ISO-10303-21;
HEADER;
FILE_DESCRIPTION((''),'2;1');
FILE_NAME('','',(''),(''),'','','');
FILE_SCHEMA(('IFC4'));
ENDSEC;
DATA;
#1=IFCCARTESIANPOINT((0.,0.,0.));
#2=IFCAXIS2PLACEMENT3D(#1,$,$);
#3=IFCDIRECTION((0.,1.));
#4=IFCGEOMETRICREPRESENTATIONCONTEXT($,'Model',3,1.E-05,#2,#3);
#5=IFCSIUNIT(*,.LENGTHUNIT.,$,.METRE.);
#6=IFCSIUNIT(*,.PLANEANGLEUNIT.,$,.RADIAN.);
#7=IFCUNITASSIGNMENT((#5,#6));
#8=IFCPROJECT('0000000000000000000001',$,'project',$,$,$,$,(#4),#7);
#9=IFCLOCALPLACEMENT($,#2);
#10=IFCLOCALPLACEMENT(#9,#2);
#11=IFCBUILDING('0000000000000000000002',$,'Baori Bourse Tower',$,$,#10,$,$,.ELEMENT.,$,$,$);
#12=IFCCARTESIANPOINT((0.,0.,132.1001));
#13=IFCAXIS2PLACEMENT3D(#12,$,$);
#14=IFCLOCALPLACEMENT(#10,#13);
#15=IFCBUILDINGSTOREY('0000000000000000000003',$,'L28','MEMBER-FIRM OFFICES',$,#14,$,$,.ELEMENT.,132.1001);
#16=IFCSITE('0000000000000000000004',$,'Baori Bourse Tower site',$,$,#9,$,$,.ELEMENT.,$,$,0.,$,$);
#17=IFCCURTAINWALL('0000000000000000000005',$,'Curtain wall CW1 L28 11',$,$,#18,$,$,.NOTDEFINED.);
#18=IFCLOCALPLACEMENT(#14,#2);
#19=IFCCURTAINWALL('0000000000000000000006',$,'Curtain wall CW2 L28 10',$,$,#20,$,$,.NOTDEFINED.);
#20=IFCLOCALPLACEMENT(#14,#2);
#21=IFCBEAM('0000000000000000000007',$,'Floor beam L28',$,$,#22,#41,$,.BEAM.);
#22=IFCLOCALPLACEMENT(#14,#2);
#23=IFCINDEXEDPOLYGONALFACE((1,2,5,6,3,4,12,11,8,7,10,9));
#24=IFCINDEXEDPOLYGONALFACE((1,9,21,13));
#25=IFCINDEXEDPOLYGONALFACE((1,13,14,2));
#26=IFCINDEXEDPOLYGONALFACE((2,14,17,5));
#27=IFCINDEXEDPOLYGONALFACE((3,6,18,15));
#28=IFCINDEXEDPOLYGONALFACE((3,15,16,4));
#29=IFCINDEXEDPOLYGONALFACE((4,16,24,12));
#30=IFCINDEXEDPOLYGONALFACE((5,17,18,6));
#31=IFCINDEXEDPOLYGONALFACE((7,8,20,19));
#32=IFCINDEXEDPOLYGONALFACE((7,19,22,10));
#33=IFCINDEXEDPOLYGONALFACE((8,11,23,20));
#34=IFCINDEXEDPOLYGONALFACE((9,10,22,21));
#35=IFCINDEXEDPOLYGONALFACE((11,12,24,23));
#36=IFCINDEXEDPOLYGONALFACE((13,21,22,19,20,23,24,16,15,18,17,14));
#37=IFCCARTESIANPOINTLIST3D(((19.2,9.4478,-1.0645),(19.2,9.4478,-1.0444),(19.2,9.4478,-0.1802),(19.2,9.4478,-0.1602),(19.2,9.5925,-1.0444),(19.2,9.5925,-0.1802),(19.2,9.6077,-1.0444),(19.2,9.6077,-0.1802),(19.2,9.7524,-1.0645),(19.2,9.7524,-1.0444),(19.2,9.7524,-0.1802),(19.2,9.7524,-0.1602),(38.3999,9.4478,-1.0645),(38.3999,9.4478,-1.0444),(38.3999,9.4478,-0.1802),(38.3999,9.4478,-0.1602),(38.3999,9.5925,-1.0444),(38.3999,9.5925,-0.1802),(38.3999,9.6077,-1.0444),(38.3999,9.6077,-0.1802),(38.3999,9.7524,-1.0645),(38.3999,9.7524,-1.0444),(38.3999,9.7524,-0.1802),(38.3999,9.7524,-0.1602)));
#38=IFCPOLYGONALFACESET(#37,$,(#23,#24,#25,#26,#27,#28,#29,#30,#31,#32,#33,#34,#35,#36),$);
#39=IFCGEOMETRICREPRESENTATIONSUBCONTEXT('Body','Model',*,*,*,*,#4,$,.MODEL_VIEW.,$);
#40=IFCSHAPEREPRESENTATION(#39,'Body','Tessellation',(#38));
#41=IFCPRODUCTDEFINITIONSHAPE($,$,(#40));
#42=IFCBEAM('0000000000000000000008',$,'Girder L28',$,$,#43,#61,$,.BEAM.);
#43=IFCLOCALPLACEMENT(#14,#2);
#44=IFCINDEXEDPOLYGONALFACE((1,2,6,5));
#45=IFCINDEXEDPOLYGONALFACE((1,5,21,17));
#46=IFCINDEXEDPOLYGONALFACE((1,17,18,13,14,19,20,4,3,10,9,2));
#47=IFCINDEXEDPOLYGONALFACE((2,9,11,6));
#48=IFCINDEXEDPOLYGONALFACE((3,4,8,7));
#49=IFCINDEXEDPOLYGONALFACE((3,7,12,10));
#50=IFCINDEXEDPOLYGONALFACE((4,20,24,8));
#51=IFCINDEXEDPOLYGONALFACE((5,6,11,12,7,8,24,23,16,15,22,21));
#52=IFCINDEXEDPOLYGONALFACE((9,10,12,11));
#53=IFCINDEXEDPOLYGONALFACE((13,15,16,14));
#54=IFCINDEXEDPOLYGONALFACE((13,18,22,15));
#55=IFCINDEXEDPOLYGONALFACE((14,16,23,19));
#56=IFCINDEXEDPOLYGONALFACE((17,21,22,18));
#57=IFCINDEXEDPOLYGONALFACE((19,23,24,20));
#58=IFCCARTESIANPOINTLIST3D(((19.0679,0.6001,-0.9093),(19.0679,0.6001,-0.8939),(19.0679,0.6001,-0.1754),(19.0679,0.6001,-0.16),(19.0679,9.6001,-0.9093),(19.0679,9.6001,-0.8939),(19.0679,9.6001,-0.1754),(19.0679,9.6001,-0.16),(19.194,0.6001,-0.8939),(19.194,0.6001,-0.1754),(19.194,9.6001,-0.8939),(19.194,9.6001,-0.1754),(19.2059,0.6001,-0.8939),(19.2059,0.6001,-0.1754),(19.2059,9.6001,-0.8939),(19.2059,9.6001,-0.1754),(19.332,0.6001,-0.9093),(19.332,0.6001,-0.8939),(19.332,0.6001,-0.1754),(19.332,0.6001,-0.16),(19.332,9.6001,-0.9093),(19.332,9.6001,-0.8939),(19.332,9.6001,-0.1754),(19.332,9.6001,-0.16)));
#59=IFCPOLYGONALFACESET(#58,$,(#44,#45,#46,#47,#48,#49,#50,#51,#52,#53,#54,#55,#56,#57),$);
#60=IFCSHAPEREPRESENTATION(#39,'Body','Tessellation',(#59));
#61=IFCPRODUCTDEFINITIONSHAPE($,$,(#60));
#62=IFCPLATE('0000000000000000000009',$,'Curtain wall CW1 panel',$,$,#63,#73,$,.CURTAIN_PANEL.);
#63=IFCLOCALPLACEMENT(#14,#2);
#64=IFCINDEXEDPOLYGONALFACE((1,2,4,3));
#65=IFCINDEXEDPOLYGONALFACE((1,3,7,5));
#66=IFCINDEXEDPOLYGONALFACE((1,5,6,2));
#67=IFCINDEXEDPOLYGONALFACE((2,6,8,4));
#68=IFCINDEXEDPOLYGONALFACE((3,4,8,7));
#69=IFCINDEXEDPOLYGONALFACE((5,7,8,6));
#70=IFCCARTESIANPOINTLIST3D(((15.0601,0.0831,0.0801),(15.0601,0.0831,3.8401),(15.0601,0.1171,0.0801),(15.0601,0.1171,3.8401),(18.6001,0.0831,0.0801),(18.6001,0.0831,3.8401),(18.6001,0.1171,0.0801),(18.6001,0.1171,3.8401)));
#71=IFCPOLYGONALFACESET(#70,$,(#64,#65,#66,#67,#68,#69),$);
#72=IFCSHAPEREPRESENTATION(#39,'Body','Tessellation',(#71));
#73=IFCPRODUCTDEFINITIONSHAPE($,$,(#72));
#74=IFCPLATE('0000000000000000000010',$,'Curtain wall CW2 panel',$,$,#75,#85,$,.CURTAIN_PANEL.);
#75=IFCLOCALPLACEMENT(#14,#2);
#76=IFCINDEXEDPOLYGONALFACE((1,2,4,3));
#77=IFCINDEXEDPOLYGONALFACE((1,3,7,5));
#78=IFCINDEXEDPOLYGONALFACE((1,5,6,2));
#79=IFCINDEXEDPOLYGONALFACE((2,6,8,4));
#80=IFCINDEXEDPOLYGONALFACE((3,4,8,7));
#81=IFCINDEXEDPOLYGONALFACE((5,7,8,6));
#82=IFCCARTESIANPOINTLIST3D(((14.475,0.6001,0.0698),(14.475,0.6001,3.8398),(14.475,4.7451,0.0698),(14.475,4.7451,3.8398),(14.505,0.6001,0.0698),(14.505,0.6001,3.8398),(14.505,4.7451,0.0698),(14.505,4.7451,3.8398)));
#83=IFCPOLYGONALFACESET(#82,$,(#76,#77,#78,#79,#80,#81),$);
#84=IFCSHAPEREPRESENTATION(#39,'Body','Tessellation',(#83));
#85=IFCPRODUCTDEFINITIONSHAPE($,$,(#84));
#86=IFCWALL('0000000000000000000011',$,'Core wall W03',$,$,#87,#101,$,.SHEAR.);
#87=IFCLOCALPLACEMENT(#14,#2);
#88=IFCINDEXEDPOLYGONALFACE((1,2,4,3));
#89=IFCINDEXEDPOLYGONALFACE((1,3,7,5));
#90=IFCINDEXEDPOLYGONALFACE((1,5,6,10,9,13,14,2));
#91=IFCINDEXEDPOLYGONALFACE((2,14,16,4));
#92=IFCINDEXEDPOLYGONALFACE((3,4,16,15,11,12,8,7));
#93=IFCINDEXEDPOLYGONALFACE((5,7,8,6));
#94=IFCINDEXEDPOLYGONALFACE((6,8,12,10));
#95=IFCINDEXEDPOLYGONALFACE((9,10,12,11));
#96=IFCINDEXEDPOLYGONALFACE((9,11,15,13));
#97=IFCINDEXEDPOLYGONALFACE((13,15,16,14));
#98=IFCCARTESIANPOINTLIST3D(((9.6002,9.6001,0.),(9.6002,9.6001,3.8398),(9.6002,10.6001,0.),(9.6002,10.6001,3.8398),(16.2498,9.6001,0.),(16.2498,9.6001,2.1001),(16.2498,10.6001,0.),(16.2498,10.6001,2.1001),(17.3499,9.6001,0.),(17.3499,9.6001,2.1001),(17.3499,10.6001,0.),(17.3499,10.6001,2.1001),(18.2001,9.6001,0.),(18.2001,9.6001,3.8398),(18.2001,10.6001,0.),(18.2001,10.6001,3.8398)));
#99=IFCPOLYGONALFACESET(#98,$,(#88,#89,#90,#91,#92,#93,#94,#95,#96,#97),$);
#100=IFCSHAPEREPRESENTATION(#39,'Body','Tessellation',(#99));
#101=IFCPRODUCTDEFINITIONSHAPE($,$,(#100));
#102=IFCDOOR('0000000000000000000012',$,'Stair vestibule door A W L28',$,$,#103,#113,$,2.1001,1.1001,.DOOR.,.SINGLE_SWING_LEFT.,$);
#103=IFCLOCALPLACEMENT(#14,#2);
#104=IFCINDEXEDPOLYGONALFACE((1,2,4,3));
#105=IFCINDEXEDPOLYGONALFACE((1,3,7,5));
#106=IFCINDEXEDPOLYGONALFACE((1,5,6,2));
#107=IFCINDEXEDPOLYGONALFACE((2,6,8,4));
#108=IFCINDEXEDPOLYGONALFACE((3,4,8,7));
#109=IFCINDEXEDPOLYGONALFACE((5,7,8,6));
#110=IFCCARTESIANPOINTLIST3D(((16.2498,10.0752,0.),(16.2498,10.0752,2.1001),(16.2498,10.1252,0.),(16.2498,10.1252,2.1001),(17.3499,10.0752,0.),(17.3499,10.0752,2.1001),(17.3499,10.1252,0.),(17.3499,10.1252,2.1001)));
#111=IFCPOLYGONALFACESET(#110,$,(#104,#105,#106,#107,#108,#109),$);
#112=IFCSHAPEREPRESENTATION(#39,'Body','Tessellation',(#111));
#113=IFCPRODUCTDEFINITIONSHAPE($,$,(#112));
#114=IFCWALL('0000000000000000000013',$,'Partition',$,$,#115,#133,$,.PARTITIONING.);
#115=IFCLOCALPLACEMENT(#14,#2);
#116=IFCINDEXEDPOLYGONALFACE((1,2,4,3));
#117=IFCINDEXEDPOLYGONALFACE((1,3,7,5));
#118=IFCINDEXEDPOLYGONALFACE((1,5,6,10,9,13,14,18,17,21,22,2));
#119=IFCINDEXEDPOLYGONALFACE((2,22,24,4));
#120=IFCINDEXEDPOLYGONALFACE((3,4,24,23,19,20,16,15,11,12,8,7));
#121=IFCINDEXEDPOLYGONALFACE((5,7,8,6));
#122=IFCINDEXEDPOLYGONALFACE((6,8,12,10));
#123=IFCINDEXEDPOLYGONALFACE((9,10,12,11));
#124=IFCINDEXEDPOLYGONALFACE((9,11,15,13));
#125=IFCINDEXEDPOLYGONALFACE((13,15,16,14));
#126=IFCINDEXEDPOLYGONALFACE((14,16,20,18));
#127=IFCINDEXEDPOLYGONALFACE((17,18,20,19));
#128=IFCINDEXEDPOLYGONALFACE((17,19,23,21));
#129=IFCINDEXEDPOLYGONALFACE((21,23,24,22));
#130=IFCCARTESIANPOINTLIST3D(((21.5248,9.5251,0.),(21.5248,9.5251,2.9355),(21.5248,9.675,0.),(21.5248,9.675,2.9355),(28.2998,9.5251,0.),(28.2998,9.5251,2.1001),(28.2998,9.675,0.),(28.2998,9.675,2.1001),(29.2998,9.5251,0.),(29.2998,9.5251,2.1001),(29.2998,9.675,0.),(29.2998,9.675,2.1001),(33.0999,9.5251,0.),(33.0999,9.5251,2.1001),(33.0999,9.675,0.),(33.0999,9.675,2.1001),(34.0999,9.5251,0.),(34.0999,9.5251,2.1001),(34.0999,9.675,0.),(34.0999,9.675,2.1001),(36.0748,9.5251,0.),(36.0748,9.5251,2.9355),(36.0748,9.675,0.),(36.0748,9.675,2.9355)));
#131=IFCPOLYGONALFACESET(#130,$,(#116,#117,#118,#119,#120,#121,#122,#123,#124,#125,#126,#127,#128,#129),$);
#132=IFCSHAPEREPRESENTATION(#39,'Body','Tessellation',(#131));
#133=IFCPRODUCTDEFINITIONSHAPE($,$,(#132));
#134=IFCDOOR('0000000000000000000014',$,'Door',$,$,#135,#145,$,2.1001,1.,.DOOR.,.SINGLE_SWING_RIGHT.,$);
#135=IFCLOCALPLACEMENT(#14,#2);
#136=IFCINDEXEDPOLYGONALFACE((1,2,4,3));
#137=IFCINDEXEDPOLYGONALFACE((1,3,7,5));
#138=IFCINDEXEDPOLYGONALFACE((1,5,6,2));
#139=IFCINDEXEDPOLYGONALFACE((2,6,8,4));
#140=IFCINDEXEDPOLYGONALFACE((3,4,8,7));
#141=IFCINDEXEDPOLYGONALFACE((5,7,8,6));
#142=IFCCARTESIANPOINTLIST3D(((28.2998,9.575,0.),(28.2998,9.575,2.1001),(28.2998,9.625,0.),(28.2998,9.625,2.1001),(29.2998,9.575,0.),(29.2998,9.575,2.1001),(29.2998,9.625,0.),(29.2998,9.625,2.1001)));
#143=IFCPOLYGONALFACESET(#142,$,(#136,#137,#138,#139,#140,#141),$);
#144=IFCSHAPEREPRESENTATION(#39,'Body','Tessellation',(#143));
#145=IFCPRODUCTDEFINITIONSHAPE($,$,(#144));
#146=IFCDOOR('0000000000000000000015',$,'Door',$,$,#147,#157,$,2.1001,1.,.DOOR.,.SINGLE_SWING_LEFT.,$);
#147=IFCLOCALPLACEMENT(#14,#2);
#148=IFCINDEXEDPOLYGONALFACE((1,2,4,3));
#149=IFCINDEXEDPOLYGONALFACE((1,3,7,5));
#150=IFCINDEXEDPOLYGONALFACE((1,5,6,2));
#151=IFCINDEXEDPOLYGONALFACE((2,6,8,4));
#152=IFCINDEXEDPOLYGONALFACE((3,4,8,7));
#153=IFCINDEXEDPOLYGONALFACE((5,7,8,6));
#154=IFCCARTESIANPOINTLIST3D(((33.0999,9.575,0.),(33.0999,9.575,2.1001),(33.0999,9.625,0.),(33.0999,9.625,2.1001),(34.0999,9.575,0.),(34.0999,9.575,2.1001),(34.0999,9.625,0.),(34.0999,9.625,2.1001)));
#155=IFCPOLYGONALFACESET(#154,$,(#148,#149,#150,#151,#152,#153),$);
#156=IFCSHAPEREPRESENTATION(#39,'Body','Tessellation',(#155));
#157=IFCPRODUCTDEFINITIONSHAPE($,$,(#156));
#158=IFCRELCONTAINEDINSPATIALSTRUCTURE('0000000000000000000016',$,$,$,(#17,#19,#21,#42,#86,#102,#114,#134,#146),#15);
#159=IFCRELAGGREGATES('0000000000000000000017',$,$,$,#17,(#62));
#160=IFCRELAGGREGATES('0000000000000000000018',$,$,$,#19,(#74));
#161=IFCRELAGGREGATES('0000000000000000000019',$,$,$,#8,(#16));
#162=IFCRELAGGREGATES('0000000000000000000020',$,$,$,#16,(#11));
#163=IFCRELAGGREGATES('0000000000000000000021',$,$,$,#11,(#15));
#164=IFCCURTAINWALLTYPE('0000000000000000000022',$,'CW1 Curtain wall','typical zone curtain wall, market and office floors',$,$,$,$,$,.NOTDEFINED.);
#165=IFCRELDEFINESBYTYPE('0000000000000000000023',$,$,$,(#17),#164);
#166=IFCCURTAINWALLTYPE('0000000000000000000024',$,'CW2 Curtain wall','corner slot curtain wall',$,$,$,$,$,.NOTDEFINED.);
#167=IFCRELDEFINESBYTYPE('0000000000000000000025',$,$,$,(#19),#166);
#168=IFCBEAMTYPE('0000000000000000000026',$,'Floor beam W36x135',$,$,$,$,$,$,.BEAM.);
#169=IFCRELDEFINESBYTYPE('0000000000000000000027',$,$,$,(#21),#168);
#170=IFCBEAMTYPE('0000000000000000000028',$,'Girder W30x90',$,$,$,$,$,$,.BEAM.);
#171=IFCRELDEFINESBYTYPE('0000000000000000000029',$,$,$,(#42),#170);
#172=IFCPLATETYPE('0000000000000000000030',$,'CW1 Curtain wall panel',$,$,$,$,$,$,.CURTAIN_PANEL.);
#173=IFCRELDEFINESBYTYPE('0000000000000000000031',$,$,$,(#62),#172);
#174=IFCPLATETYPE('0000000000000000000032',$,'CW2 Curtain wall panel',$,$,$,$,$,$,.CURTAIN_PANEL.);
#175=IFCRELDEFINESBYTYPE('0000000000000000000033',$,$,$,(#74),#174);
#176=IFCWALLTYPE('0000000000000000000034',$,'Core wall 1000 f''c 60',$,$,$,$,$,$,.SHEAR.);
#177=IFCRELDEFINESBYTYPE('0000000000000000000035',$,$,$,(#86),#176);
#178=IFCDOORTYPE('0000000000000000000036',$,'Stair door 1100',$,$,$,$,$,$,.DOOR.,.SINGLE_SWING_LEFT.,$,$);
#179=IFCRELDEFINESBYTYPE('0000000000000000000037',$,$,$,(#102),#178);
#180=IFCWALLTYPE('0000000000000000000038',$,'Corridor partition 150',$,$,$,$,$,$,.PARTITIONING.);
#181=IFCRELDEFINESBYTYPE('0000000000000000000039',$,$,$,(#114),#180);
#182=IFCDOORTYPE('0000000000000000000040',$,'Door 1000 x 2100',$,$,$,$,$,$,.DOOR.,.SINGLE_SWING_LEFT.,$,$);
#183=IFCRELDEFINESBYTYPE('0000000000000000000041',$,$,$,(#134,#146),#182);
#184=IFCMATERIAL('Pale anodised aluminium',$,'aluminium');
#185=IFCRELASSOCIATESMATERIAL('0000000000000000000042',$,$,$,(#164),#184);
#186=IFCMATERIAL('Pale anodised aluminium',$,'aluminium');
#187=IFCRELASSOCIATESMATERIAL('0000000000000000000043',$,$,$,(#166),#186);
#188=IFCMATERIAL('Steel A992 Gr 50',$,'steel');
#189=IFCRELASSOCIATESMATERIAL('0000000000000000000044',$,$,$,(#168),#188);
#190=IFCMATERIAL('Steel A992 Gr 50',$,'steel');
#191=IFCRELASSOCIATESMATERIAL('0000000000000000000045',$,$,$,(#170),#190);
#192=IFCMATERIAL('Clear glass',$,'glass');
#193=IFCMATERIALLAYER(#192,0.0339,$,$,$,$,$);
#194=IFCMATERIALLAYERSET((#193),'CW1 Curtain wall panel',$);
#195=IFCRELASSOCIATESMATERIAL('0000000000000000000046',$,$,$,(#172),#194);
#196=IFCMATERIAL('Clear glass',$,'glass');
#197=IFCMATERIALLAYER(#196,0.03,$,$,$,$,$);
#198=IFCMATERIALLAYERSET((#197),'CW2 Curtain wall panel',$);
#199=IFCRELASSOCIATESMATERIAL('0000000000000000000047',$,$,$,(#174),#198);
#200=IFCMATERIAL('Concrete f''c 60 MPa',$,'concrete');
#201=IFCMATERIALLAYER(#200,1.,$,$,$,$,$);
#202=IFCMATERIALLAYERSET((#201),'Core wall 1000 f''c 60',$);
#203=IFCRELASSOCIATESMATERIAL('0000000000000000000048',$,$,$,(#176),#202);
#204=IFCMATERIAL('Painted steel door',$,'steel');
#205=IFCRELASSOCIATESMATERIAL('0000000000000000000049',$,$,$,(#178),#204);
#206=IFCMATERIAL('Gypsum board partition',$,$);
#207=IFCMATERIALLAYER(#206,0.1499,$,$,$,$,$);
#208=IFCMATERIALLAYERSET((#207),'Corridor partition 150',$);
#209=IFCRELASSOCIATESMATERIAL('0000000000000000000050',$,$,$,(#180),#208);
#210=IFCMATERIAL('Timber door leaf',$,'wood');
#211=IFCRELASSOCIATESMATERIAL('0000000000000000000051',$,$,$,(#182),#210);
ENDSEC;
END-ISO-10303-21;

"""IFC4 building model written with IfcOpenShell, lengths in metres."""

from ifc_helpers import new_model, si_unit, direction, frame, frame_2d, origin, origin_2d, place, context, subcontext, project, spatial, rectangle, i_section, extrude, material, layer, layer_set, material_profile, profile_set, type_object, element, fill, aggregate, save


model = new_model("IFC4")

# Units and contexts
model_context = context("Model", 3, precision=1e-05, world=origin(), true_north=direction((0.0, 1.0)))
body_context = subcontext(model_context, "Body", "Model", "MODEL_VIEW")
ifc_project = project(units=[si_unit("LENGTHUNIT", "METRE"), si_unit("PLANEANGLEUNIT", "RADIAN")], contexts=[model_context])

# Site, building, storey
site_placement = place(None, origin())
site = spatial("IfcSite", under=ifc_project, at=site_placement, Name="Baori Bourse Tower site", CompositionType="ELEMENT", RefElevation=0.0)
building_placement = place(site_placement, origin())
building = spatial("IfcBuilding", under=site, at=building_placement, Name="Baori Bourse Tower", CompositionType="ELEMENT")
storey_placement = place(building_placement, frame((0.0, 0.0, 132.1001)))
storey = spatial("IfcBuildingStorey", under=building, at=storey_placement, Name="L28", Description="MEMBER-FIRM OFFICES", CompositionType="ELEMENT", Elevation=132.1001)

# Curtain walls
ifc_material_1 = material(Name="Pale anodised aluminium", Category="aluminium")
curtain_wall_type_1 = type_object("IfcCurtainWallType", Name="CW1 Curtain wall", Description="typical zone curtain wall, market and office floors", PredefinedType="NOTDEFINED", material=ifc_material_1)
curtain_wall_1_placement = place(storey_placement, origin())
curtain_wall_1 = element("IfcCurtainWall", 1, at=curtain_wall_1_placement, inside=storey, type_object=curtain_wall_type_1, Name="Curtain wall CW1 L28 11", PredefinedType="NOTDEFINED")
ifc_material_2 = material(Name="Pale anodised aluminium", Category="aluminium")
curtain_wall_type_2 = type_object("IfcCurtainWallType", Name="CW2 Curtain wall", Description="corner slot curtain wall", PredefinedType="NOTDEFINED", material=ifc_material_2)
curtain_wall_2_placement = place(storey_placement, origin())
curtain_wall_2 = element("IfcCurtainWall", 2, at=curtain_wall_2_placement, inside=storey, type_object=curtain_wall_type_2, Name="Curtain wall CW2 L28 10", PredefinedType="NOTDEFINED")

# Beams
ifc_material_3 = material(Name="Steel A992 Gr 50", Category="steel")
ifc_material_profile_1 = material_profile(ifc_material_3, i_section(OverallWidth=0.3047, OverallDepth=0.9043, WebThickness=0.0151, FlangeThickness=0.02, at=origin_2d()), Name="W36x135")
ifc_profile_set_1 = profile_set([ifc_material_profile_1], Name="Steel A992 Gr 50")
beam_type_1 = type_object("IfcBeamType", Name="Floor beam W36x135", PredefinedType="BEAM", material=ifc_profile_set_1)
beam_1_placement = place(storey_placement, frame((19.2, 9.6001, -0.6123), z_axis=(1.0, 0.0, 0.0), x_axis=(0.0, 1.0, 0.0)))
element("IfcBeam", 3, at=beam_1_placement, inside=storey, type_object=beam_type_1, Name="Floor beam L28", PredefinedType="BEAM", context=body_context, shape_type="SweptSolid", body=[
    extrude(i_section(OverallWidth=0.3047, OverallDepth=0.9043, WebThickness=0.0151, FlangeThickness=0.02, at=origin_2d()), origin(), (0.0, 0.0, 1.0), 19.2),
])
ifc_material_4 = material(Name="Steel A992 Gr 50", Category="steel")
ifc_material_profile_2 = material_profile(ifc_material_4, i_section(OverallWidth=0.2642, OverallDepth=0.7493, WebThickness=0.012, FlangeThickness=0.0154, at=origin_2d()), Name="W30x90")
ifc_profile_set_2 = profile_set([ifc_material_profile_2], Name="Steel A992 Gr 50")
beam_type_2 = type_object("IfcBeamType", Name="Girder W30x90", PredefinedType="BEAM", material=ifc_profile_set_2)
beam_2_placement = place(storey_placement, frame((19.2, 0.6001, -0.5347), z_axis=(0.0, 1.0, 0.0), x_axis=(-1.0, 0.0, 0.0)))
element("IfcBeam", 4, at=beam_2_placement, inside=storey, type_object=beam_type_2, Name="Girder L28", PredefinedType="BEAM", context=body_context, shape_type="SweptSolid", body=[
    extrude(i_section(OverallWidth=0.2642, OverallDepth=0.7493, WebThickness=0.012, FlangeThickness=0.0154, at=origin_2d()), origin(), (0.0, 0.0, 1.0), 9.0),
])

# Plates
ifc_material_5 = material(Name="Clear glass", Category="glass")
ifc_layer_1 = layer(ifc_material_5, 0.0339)
ifc_layer_set_1 = layer_set([ifc_layer_1], Name="CW1 Curtain wall panel")
plate_type_1 = type_object("IfcPlateType", Name="CW1 Curtain wall panel", PredefinedType="CURTAIN_PANEL", material=ifc_layer_set_1)
plate_1_placement = place(storey_placement, frame((16.8301, 0.1001, 0.0801), z_axis=(0.0, 0.0, 1.0), x_axis=(1.0, 0.0, 0.0)))
plate_1 = element("IfcPlate", 5, at=plate_1_placement, type_object=plate_type_1, Name="Curtain wall CW1 panel", PredefinedType="CURTAIN_PANEL", context=body_context, shape_type="SweptSolid", body=[
    extrude(rectangle(XDim=3.54, YDim=0.0339, at=origin_2d()), origin(), (0.0, 0.0, 1.0), 3.76),
])
aggregate(curtain_wall_1, [plate_1])
ifc_material_6 = material(Name="Clear glass", Category="glass")
ifc_layer_2 = layer(ifc_material_6, 0.03)
ifc_layer_set_2 = layer_set([ifc_layer_2], Name="CW2 Curtain wall panel")
plate_type_2 = type_object("IfcPlateType", Name="CW2 Curtain wall panel", PredefinedType="CURTAIN_PANEL", material=ifc_layer_set_2)
plate_2_placement = place(storey_placement, frame((14.49, 2.6726, 0.0698), z_axis=(0.0, 0.0, 1.0), x_axis=(0.0, -1.0, 0.0)))
plate_2 = element("IfcPlate", 6, at=plate_2_placement, type_object=plate_type_2, Name="Curtain wall CW2 panel", PredefinedType="CURTAIN_PANEL", context=body_context, shape_type="SweptSolid", body=[
    extrude(rectangle(XDim=4.145, YDim=0.03, at=origin_2d()), origin(), (0.0, 0.0, 1.0), 3.77),
])
aggregate(curtain_wall_2, [plate_2])

# Wall, opening, door
ifc_material_7 = material(Name="Concrete f'c 60 MPa", Category="concrete")
ifc_layer_3 = layer(ifc_material_7, 1.0)
ifc_layer_set_3 = layer_set([ifc_layer_3], Name="Core wall 1000 f'c 60")
wall_type_1 = type_object("IfcWallType", Name="Core wall 1000 f'c 60", PredefinedType="SHEAR", material=ifc_layer_set_3)
wall_1_placement = place(storey_placement, frame((18.2, 10.1001, 0.0), z_axis=(0.0, 0.0, 1.0), x_axis=(-1.0, 0.0, 0.0)))
wall_1 = element("IfcWall", 7, at=wall_1_placement, inside=storey, type_object=wall_type_1, Name="Core wall W03", PredefinedType="SHEAR", context=body_context, shape_type="SweptSolid", body=[
    extrude(rectangle(XDim=8.5999, YDim=1.0, at=frame_2d((4.2998, 0.0))), origin(), (0.0, 0.0, 1.0), 3.8398),
])
opening_1_placement = place(wall_1_placement, frame((0.8501, 0.0, 0.0)))
opening_1 = element("IfcOpeningElement", 8, at=opening_1_placement, cuts=wall_1, PredefinedType="OPENING", context=body_context, shape_type="SweptSolid", body=[
    extrude(rectangle(XDim=1.1001, YDim=2.1001, at=frame_2d((0.55, 1.05))), frame((0.0, 0.51, 0.0), z_axis=(0.0, -1.0, 0.0), x_axis=(1.0, 0.0, 0.0)), (0.0, 0.0, 1.0), 1.02),
])
ifc_material_8 = material(Name="Painted steel door", Category="steel")
door_type_1 = type_object("IfcDoorType", Name="Stair door 1100", OperationType="SINGLE_SWING_LEFT", PredefinedType="DOOR", material=ifc_material_8)
door_1_placement = place(opening_1_placement, origin())
door_1 = element("IfcDoor", 9, at=door_1_placement, inside=storey, type_object=door_type_1, Name="Stair vestibule door A W L28", OperationType="SINGLE_SWING_LEFT", OverallHeight=2.1001, OverallWidth=1.1001, PredefinedType="DOOR", context=body_context, shape_type="SweptSolid", body=[
    extrude(rectangle(XDim=1.1001, YDim=2.1001, at=frame_2d((0.55, 1.05))), frame((0.0, 0.0249, 0.0), z_axis=(0.0, -1.0, 0.0), x_axis=(1.0, 0.0, 0.0)), (0.0, 0.0, 1.0), 0.05),
])
fill(opening_1, door_1)

# Wall, openings, doors
ifc_material_9 = material(Name="Gypsum board partition")
ifc_layer_4 = layer(ifc_material_9, 0.1499)
ifc_layer_set_4 = layer_set([ifc_layer_4], Name="Corridor partition 150")
wall_type_2 = type_object("IfcWallType", Name="Corridor partition 150", PredefinedType="PARTITIONING", material=ifc_layer_set_4)
wall_2_placement = place(storey_placement, frame((21.5249, 9.6001, 0.0), z_axis=(0.0, 0.0, 1.0), x_axis=(1.0, 0.0, 0.0)))
wall_2 = element("IfcWall", 10, at=wall_2_placement, inside=storey, type_object=wall_type_2, Name="Partition", PredefinedType="PARTITIONING", context=body_context, shape_type="SweptSolid", body=[
    extrude(rectangle(XDim=14.55, YDim=0.1499, at=frame_2d((7.2749, 0.0))), origin(), (0.0, 0.0, 1.0), 2.9355),
])
opening_2_placement = place(wall_2_placement, frame((6.7749, 0.0, 0.0)))
opening_2 = element("IfcOpeningElement", 11, at=opening_2_placement, cuts=wall_2, PredefinedType="OPENING", context=body_context, shape_type="SweptSolid", body=[
    extrude(rectangle(XDim=1.0, YDim=2.1001, at=frame_2d((0.5, 1.05))), frame((0.0, 0.085, 0.0), z_axis=(0.0, -1.0, 0.0), x_axis=(1.0, 0.0, 0.0)), (0.0, 0.0, 1.0), 0.1699),
])
opening_3_placement = place(wall_2_placement, frame((11.575, 0.0, 0.0)))
opening_3 = element("IfcOpeningElement", 12, at=opening_3_placement, cuts=wall_2, PredefinedType="OPENING", context=body_context, shape_type="SweptSolid", body=[
    extrude(rectangle(XDim=1.0, YDim=2.1001, at=frame_2d((0.5, 1.05))), frame((0.0, 0.085, 0.0), z_axis=(0.0, -1.0, 0.0), x_axis=(1.0, 0.0, 0.0)), (0.0, 0.0, 1.0), 0.1699),
])
ifc_material_10 = material(Name="Timber door leaf", Category="wood")
door_type_2 = type_object("IfcDoorType", Name="Door 1000 x 2100", OperationType="SINGLE_SWING_LEFT", PredefinedType="DOOR", material=ifc_material_10)
door_2_placement = place(opening_2_placement, origin())
door_2 = element("IfcDoor", 13, at=door_2_placement, inside=storey, type_object=door_type_2, Name="Door", OperationType="SINGLE_SWING_RIGHT", OverallHeight=2.1001, OverallWidth=1.0, PredefinedType="DOOR", context=body_context, shape_type="SweptSolid", body=[
    extrude(rectangle(XDim=1.0, YDim=2.1001, at=frame_2d((0.5, 1.05))), frame((0.0, 0.0249, 0.0), z_axis=(0.0, -1.0, 0.0), x_axis=(1.0, 0.0, 0.0)), (0.0, 0.0, 1.0), 0.05),
])
fill(opening_2, door_2)
door_3_placement = place(opening_3_placement, origin())
door_3 = element("IfcDoor", 14, at=door_3_placement, inside=storey, type_object=door_type_2, Name="Door", OperationType="SINGLE_SWING_LEFT", OverallHeight=2.1001, OverallWidth=1.0, PredefinedType="DOOR", context=body_context, shape_type="SweptSolid", body=[
    extrude(rectangle(XDim=1.0, YDim=2.1001, at=frame_2d((0.5, 1.05))), frame((0.0, 0.0249, 0.0), z_axis=(0.0, -1.0, 0.0), x_axis=(1.0, 0.0, 0.0)), (0.0, 0.0, 1.0), 0.05),
])
fill(opening_3, door_3)

save(model, "model.ifc")
